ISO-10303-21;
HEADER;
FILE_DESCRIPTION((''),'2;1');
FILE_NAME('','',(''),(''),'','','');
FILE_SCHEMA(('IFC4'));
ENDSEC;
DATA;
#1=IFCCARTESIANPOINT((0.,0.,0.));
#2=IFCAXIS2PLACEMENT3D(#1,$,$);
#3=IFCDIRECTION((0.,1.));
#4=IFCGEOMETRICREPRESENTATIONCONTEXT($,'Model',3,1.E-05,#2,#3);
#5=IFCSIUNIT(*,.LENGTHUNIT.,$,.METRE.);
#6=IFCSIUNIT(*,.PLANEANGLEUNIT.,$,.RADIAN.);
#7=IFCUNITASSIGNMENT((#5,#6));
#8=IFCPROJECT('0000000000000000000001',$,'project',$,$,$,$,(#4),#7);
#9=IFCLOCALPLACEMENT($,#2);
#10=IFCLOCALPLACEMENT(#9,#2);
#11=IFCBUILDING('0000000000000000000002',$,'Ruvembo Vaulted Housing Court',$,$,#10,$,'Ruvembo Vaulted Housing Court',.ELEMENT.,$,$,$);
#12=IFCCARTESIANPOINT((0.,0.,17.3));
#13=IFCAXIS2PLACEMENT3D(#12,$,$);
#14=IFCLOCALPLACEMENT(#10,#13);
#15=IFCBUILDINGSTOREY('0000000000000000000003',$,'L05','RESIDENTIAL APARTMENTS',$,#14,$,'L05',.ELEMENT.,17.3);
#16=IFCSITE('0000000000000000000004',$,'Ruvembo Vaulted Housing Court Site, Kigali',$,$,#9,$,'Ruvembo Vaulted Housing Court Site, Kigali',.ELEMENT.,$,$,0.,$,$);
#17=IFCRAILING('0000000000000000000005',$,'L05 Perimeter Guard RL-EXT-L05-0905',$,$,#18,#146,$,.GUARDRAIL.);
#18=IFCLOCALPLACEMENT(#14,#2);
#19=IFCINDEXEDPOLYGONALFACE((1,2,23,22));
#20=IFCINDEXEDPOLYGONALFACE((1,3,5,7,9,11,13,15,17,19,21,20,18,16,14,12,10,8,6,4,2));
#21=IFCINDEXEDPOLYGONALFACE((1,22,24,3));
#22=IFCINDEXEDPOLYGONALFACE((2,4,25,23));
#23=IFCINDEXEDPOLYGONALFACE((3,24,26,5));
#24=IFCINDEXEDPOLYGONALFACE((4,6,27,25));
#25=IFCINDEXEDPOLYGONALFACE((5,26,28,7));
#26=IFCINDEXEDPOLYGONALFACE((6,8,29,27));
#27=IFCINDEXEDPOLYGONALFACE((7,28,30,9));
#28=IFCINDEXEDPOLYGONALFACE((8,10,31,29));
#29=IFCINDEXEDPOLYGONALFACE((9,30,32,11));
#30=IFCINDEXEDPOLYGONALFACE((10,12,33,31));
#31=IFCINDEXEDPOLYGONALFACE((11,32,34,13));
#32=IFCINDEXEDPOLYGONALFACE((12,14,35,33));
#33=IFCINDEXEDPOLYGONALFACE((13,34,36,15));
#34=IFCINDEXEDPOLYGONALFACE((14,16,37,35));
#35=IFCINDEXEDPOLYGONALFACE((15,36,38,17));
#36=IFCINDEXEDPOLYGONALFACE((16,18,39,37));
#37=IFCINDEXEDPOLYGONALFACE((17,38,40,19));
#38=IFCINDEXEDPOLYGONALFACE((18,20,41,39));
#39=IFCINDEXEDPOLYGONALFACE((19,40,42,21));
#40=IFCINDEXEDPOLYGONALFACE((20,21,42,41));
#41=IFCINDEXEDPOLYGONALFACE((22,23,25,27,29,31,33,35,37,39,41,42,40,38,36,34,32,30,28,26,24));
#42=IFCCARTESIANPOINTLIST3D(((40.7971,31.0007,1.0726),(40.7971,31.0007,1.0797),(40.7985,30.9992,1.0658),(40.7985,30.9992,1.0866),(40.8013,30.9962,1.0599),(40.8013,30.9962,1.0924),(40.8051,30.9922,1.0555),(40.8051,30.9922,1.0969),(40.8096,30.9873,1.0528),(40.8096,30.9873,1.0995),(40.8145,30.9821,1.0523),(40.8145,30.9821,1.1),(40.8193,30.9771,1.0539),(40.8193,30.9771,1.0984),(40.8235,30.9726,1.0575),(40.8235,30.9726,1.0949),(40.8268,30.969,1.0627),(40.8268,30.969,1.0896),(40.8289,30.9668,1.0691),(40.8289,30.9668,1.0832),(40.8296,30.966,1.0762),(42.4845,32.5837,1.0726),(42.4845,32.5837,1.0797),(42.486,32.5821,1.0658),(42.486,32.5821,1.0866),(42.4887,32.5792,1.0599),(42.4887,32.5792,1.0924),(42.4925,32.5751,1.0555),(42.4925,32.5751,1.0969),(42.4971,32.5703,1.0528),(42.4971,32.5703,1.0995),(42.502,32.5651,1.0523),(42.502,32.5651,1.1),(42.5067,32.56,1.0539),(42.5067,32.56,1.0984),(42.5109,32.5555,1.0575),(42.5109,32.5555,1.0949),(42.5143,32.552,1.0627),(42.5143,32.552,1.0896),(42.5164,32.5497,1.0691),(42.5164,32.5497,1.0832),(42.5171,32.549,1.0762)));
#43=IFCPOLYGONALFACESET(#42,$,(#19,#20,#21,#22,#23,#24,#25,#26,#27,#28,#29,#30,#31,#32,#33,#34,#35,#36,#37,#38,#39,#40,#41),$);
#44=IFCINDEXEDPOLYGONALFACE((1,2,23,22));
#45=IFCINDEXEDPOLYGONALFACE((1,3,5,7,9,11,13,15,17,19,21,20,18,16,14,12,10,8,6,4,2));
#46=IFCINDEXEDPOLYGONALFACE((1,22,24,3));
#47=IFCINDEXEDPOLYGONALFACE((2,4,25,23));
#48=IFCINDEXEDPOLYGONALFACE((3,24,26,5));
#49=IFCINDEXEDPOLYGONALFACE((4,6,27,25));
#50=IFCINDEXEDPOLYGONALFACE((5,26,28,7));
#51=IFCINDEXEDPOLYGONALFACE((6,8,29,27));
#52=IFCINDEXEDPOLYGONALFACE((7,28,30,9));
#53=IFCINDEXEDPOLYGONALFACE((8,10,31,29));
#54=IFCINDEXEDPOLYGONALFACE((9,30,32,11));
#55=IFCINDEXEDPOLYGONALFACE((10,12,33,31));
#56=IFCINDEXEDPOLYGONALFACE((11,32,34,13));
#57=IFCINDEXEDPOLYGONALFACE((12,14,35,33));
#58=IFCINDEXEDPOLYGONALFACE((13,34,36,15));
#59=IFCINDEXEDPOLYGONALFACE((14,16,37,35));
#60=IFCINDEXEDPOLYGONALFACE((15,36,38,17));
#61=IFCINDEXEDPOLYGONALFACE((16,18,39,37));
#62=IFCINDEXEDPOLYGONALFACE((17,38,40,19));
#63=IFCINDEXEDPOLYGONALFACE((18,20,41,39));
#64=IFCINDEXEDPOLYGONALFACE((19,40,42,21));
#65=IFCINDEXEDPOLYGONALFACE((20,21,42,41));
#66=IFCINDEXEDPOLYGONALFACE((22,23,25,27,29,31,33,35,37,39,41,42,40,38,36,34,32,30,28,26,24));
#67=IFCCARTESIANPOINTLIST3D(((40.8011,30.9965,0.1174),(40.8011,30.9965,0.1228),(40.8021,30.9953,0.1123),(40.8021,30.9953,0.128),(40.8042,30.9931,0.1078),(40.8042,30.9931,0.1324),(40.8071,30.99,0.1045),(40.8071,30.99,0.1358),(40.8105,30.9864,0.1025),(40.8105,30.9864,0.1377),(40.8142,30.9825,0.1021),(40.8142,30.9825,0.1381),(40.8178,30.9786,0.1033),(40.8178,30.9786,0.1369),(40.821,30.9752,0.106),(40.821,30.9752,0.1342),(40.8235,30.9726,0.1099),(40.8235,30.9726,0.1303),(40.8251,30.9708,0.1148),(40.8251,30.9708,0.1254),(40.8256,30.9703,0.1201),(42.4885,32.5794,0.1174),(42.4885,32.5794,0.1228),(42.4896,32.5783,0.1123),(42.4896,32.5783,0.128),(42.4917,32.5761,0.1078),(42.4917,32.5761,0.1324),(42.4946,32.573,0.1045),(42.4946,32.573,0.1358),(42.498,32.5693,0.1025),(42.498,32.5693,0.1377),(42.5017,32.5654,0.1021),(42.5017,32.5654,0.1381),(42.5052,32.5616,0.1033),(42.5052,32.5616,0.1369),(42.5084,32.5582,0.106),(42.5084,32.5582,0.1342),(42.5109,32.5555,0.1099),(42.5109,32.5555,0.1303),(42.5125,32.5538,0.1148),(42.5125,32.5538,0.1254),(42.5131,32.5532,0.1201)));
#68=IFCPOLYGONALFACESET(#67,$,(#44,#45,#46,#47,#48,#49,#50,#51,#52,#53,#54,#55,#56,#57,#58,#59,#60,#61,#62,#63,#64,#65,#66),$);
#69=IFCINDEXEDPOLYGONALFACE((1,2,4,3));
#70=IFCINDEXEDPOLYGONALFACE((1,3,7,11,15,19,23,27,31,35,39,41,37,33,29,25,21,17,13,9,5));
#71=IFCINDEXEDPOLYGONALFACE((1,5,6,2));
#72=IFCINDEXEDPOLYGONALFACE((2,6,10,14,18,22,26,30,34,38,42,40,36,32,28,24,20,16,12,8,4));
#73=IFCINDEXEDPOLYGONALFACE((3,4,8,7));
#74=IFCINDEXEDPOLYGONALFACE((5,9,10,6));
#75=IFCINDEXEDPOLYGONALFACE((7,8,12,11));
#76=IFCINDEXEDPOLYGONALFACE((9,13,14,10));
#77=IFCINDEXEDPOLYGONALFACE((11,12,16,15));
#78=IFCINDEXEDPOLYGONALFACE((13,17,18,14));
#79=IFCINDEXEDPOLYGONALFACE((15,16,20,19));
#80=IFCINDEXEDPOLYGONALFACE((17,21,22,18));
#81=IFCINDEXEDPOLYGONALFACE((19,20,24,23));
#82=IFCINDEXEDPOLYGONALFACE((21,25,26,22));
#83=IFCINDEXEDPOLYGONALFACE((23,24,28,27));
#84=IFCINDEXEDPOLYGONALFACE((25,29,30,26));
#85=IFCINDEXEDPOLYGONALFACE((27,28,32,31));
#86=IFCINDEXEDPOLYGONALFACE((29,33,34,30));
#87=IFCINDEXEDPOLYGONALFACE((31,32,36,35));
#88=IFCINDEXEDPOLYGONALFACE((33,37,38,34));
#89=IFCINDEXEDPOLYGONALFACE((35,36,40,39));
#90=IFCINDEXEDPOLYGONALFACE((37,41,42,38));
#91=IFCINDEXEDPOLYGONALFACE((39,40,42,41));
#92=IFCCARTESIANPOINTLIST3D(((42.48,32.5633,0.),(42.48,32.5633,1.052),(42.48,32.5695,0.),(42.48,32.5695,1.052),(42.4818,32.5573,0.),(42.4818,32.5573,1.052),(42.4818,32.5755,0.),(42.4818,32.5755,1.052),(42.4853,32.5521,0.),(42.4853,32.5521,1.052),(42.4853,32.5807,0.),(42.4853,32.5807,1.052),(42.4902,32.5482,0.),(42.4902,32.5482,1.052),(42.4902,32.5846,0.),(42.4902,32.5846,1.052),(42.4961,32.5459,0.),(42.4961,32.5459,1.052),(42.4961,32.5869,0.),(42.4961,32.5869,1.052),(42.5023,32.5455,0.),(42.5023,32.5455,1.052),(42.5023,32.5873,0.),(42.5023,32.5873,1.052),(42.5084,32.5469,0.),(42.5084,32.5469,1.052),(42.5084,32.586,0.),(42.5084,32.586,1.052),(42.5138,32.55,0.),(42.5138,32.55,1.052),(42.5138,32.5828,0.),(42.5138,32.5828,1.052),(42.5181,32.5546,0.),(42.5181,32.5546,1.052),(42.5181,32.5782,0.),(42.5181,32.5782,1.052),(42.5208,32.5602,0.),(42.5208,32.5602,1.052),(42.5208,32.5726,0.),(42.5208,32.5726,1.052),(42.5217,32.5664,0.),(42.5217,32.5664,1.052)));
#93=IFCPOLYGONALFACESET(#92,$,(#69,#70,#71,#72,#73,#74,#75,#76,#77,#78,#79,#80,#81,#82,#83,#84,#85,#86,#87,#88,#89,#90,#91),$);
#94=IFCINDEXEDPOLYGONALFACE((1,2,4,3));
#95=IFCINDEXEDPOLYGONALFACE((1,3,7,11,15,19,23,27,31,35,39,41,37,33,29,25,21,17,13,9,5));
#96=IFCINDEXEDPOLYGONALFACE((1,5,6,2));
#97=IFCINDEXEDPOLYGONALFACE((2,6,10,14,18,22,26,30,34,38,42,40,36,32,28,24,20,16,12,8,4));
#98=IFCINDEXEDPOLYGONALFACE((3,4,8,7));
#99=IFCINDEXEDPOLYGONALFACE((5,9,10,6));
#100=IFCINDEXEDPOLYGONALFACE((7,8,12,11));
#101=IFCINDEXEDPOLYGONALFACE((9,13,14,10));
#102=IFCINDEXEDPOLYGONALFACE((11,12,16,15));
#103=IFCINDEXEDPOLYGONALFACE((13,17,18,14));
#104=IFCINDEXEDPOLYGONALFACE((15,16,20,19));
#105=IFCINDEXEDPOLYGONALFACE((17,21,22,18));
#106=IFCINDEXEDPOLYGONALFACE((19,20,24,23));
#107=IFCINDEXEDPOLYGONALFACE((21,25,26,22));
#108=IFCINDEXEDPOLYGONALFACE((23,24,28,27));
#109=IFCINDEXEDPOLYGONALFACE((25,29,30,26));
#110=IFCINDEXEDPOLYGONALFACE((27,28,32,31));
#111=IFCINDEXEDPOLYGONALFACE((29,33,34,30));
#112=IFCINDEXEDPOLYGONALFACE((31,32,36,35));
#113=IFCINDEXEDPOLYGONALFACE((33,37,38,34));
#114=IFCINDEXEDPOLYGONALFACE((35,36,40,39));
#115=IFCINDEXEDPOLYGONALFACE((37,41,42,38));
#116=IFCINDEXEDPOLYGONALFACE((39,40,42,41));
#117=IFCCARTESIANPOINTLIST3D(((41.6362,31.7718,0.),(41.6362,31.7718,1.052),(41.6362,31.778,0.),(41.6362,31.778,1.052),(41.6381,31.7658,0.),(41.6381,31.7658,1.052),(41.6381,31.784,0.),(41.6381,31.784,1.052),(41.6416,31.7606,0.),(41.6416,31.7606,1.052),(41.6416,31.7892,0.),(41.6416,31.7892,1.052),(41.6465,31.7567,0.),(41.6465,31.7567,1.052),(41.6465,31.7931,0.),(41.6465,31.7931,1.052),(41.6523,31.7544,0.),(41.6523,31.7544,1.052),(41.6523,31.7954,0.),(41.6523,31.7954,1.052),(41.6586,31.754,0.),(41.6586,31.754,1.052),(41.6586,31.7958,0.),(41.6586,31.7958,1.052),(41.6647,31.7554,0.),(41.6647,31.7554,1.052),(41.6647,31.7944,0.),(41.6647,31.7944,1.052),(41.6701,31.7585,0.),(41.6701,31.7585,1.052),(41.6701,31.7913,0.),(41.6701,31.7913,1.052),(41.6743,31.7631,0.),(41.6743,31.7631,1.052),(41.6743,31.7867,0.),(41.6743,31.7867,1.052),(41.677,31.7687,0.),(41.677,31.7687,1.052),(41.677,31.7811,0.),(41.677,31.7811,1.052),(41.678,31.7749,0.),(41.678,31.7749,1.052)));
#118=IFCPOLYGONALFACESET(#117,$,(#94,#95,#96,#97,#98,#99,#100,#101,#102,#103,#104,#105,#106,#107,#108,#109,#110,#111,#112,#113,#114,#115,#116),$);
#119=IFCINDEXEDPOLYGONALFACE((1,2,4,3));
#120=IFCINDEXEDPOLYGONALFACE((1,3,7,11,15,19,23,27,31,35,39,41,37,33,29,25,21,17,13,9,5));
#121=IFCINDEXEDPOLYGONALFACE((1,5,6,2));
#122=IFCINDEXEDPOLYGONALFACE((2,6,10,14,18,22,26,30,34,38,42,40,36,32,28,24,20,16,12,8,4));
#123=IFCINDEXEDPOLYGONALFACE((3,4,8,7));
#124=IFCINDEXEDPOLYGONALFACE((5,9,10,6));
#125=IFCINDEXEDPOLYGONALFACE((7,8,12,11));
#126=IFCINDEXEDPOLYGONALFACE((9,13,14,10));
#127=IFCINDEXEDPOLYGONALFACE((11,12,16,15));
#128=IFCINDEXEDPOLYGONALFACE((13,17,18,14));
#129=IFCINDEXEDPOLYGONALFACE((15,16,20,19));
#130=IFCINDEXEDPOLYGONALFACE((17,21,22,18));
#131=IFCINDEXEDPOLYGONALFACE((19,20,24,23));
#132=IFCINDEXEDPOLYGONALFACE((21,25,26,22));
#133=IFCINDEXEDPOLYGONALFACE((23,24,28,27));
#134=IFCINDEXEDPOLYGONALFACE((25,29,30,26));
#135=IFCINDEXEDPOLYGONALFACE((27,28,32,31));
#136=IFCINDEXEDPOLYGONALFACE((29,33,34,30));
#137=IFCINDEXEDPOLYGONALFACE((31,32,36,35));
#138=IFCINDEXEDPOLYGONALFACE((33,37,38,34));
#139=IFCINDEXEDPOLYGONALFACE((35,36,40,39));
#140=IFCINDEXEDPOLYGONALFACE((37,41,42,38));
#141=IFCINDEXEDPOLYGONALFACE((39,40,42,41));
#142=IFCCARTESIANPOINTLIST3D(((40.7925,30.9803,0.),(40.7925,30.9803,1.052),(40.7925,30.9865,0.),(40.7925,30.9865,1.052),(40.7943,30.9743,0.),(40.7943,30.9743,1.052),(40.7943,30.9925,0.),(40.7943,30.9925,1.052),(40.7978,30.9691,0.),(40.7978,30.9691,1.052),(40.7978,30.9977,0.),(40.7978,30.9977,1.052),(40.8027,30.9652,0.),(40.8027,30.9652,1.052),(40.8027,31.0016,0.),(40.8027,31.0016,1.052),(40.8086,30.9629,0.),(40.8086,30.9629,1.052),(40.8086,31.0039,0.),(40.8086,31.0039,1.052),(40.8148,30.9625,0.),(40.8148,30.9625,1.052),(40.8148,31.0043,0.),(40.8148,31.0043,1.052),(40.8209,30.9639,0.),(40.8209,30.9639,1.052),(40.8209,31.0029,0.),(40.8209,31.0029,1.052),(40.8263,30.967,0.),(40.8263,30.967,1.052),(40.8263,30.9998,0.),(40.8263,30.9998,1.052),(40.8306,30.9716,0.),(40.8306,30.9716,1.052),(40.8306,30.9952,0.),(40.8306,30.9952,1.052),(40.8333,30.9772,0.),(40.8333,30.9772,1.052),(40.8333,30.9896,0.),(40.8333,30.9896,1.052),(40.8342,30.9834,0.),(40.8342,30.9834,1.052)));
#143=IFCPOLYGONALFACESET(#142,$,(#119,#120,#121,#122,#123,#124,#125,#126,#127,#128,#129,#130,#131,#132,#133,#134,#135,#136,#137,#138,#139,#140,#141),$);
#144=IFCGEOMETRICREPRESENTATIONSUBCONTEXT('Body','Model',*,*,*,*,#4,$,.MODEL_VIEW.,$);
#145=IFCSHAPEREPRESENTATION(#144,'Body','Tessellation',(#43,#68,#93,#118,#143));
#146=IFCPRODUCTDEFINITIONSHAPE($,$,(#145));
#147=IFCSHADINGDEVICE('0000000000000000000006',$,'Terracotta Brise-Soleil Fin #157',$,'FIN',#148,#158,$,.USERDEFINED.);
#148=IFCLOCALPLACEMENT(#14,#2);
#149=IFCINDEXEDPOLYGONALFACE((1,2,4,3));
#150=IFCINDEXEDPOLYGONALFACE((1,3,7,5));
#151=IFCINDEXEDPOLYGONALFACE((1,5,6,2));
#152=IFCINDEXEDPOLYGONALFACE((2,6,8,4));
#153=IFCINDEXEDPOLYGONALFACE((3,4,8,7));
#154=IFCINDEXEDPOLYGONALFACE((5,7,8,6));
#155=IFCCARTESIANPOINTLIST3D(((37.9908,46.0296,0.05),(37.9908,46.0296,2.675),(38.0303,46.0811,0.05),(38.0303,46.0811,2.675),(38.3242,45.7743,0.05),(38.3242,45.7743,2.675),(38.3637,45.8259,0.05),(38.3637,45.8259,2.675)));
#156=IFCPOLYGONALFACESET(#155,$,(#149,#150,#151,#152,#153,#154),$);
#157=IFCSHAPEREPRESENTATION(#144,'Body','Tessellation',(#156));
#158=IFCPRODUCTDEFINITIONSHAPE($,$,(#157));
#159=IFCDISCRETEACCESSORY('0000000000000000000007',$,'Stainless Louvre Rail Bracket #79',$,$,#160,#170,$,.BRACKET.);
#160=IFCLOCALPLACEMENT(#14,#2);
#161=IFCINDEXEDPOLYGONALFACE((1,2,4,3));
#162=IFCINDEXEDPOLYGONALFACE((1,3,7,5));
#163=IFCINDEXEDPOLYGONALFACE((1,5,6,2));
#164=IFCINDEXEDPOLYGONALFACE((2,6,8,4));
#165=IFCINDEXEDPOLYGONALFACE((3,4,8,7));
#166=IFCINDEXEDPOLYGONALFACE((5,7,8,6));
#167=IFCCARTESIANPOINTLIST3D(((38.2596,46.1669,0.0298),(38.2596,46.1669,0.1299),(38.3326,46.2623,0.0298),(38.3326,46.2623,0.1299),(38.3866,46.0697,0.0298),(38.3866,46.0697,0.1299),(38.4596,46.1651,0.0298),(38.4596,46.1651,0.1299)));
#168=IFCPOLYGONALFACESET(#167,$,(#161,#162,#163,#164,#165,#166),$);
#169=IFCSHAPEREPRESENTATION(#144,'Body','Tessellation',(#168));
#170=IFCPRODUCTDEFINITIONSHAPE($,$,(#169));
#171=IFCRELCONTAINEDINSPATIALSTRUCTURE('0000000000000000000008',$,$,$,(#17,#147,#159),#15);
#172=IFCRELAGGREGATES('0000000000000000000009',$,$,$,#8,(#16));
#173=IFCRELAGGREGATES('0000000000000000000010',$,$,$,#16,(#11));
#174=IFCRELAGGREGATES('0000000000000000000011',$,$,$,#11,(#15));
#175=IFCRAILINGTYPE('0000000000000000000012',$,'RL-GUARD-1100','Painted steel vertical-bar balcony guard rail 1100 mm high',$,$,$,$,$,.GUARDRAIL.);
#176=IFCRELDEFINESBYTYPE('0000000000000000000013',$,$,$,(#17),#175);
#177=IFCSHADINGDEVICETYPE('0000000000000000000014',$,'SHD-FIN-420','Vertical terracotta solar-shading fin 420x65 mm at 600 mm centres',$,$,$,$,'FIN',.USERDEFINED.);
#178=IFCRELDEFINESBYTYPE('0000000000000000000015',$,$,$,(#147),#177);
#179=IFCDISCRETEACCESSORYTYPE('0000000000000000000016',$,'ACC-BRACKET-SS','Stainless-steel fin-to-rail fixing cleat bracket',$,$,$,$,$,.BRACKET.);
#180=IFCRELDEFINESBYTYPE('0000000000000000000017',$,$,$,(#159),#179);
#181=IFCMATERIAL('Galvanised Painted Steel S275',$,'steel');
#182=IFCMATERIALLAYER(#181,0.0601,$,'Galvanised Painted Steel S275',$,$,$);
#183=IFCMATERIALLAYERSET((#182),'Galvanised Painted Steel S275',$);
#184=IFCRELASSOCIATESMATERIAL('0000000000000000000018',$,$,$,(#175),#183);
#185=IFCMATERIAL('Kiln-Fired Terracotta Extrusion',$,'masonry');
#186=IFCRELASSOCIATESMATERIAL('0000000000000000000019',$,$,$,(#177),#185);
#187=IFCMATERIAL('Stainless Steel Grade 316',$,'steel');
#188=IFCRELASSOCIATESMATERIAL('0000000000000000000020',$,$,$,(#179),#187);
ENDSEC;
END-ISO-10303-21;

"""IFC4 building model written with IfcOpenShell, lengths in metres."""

from ifc_helpers import new_model, si_unit, direction, frame, origin, origin_2d, place, context, subcontext, project, spatial, rectangle, circle, extrude, material, layer, layer_set, type_object, element, save


model = new_model("IFC4")

# Units and contexts
model_context = context("Model", 3, precision=1e-05, world=origin(), true_north=direction((0.0, 1.0)))
body_context = subcontext(model_context, "Body", "Model", "MODEL_VIEW")
ifc_project = project(units=[si_unit("LENGTHUNIT", "METRE"), si_unit("PLANEANGLEUNIT", "RADIAN")], contexts=[model_context])

# Site, building, storey
site_placement = place(None, origin())
site = spatial("IfcSite", under=ifc_project, at=site_placement, Name="Ruvembo Vaulted Housing Court Site, Kigali", LongName="Ruvembo Vaulted Housing Court Site, Kigali", CompositionType="ELEMENT", RefElevation=0.0)
building_placement = place(site_placement, origin())
building = spatial("IfcBuilding", under=site, at=building_placement, Name="Ruvembo Vaulted Housing Court", LongName="Ruvembo Vaulted Housing Court", CompositionType="ELEMENT")
storey_placement = place(building_placement, frame((0.0, 0.0, 17.3)))
storey = spatial("IfcBuildingStorey", under=building, at=storey_placement, Name="L05", Description="RESIDENTIAL APARTMENTS", LongName="L05", CompositionType="ELEMENT", Elevation=17.3)

# Railing
ifc_material_1 = material(Name="Galvanised Painted Steel S275", Category="steel")
ifc_layer_1 = layer(ifc_material_1, 0.0601, Name="Galvanised Painted Steel S275")
ifc_layer_set_1 = layer_set([ifc_layer_1], Name="Galvanised Painted Steel S275")
railing_type = type_object("IfcRailingType", Name="RL-GUARD-1100", Description="Painted steel vertical-bar balcony guard rail 1100 mm high", PredefinedType="GUARDRAIL", material=ifc_layer_set_1)
railing_1_placement = place(storey_placement, frame((42.5007, 32.5664, 0.0)))
element("IfcRailing", 1, at=railing_1_placement, inside=storey, type_object=railing_type, Name="L05 Perimeter Guard RL-EXT-L05-0905", PredefinedType="GUARDRAIL", context=body_context, shape_type="SweptSolid", body=[
    extrude(circle(Radius=0.0239, at=origin_2d()), frame((0.0, 0.0, 1.0762), z_axis=(-0.729327, -0.684166, 0.0), x_axis=(0.684166, -0.729327, 0.0)), (0.0, 0.0, 1.0), 2.3137),
    extrude(circle(Radius=0.0181, at=origin_2d()), frame((0.0, 0.0, 0.1201), z_axis=(-0.729327, -0.684166, 0.0), x_axis=(0.684166, -0.729327, 0.0)), (0.0, 0.0, 1.0), 2.3137),
    extrude(circle(Radius=0.021, at=origin_2d()), origin(), (0.0, 0.0, 1.0), 1.052),
    extrude(circle(Radius=0.021, at=origin_2d()), frame((-0.8438, -0.7915, 0.0)), (0.0, 0.0, 1.0), 1.052),
    extrude(circle(Radius=0.021, at=origin_2d()), frame((-1.6875, -1.583, 0.0)), (0.0, 0.0, 1.0), 1.052),
])

# Shading device
ifc_material_2 = material(Name="Kiln-Fired Terracotta Extrusion", Category="masonry")
shading_device_type = type_object("IfcShadingDeviceType", Name="SHD-FIN-420", Description="Vertical terracotta solar-shading fin 420x65 mm at 600 mm centres", ElementType="FIN", PredefinedType="USERDEFINED", material=ifc_material_2)
shading_device_placement = place(storey_placement, frame((38.1772, 45.9277, 0.05), z_axis=(0.0, 0.0, 1.0), x_axis=(0.794043, -0.607861, 0.0)))
element("IfcShadingDevice", 2, at=shading_device_placement, inside=storey, type_object=shading_device_type, Name="Terracotta Brise-Soleil Fin #157", ObjectType="FIN", PredefinedType="USERDEFINED", context=body_context, shape_type="SweptSolid", body=[
    extrude(rectangle(XDim=0.4199, YDim=0.0649, at=origin_2d()), origin(), (0.0, 0.0, 1.0), 2.625),
])

# Discrete accessory
ifc_material_3 = material(Name="Stainless Steel Grade 316", Category="steel")
discrete_accessory_type = type_object("IfcDiscreteAccessoryType", Name="ACC-BRACKET-SS", Description="Stainless-steel fin-to-rail fixing cleat bracket", PredefinedType="BRACKET", material=ifc_material_3)
discrete_accessory_placement = place(storey_placement, frame((38.3596, 46.166, 0.0298), z_axis=(0.0, 0.0, 1.0), x_axis=(0.794043, -0.607861, 0.0)))
element("IfcDiscreteAccessory", 3, at=discrete_accessory_placement, inside=storey, type_object=discrete_accessory_type, Name="Stainless Louvre Rail Bracket #79", PredefinedType="BRACKET", context=body_context, shape_type="SweptSolid", body=[
    extrude(rectangle(XDim=0.1599, YDim=0.1201, at=origin_2d()), origin(), (0.0, 0.0, 1.0), 0.1001),
])

save(model, "model.ifc")
